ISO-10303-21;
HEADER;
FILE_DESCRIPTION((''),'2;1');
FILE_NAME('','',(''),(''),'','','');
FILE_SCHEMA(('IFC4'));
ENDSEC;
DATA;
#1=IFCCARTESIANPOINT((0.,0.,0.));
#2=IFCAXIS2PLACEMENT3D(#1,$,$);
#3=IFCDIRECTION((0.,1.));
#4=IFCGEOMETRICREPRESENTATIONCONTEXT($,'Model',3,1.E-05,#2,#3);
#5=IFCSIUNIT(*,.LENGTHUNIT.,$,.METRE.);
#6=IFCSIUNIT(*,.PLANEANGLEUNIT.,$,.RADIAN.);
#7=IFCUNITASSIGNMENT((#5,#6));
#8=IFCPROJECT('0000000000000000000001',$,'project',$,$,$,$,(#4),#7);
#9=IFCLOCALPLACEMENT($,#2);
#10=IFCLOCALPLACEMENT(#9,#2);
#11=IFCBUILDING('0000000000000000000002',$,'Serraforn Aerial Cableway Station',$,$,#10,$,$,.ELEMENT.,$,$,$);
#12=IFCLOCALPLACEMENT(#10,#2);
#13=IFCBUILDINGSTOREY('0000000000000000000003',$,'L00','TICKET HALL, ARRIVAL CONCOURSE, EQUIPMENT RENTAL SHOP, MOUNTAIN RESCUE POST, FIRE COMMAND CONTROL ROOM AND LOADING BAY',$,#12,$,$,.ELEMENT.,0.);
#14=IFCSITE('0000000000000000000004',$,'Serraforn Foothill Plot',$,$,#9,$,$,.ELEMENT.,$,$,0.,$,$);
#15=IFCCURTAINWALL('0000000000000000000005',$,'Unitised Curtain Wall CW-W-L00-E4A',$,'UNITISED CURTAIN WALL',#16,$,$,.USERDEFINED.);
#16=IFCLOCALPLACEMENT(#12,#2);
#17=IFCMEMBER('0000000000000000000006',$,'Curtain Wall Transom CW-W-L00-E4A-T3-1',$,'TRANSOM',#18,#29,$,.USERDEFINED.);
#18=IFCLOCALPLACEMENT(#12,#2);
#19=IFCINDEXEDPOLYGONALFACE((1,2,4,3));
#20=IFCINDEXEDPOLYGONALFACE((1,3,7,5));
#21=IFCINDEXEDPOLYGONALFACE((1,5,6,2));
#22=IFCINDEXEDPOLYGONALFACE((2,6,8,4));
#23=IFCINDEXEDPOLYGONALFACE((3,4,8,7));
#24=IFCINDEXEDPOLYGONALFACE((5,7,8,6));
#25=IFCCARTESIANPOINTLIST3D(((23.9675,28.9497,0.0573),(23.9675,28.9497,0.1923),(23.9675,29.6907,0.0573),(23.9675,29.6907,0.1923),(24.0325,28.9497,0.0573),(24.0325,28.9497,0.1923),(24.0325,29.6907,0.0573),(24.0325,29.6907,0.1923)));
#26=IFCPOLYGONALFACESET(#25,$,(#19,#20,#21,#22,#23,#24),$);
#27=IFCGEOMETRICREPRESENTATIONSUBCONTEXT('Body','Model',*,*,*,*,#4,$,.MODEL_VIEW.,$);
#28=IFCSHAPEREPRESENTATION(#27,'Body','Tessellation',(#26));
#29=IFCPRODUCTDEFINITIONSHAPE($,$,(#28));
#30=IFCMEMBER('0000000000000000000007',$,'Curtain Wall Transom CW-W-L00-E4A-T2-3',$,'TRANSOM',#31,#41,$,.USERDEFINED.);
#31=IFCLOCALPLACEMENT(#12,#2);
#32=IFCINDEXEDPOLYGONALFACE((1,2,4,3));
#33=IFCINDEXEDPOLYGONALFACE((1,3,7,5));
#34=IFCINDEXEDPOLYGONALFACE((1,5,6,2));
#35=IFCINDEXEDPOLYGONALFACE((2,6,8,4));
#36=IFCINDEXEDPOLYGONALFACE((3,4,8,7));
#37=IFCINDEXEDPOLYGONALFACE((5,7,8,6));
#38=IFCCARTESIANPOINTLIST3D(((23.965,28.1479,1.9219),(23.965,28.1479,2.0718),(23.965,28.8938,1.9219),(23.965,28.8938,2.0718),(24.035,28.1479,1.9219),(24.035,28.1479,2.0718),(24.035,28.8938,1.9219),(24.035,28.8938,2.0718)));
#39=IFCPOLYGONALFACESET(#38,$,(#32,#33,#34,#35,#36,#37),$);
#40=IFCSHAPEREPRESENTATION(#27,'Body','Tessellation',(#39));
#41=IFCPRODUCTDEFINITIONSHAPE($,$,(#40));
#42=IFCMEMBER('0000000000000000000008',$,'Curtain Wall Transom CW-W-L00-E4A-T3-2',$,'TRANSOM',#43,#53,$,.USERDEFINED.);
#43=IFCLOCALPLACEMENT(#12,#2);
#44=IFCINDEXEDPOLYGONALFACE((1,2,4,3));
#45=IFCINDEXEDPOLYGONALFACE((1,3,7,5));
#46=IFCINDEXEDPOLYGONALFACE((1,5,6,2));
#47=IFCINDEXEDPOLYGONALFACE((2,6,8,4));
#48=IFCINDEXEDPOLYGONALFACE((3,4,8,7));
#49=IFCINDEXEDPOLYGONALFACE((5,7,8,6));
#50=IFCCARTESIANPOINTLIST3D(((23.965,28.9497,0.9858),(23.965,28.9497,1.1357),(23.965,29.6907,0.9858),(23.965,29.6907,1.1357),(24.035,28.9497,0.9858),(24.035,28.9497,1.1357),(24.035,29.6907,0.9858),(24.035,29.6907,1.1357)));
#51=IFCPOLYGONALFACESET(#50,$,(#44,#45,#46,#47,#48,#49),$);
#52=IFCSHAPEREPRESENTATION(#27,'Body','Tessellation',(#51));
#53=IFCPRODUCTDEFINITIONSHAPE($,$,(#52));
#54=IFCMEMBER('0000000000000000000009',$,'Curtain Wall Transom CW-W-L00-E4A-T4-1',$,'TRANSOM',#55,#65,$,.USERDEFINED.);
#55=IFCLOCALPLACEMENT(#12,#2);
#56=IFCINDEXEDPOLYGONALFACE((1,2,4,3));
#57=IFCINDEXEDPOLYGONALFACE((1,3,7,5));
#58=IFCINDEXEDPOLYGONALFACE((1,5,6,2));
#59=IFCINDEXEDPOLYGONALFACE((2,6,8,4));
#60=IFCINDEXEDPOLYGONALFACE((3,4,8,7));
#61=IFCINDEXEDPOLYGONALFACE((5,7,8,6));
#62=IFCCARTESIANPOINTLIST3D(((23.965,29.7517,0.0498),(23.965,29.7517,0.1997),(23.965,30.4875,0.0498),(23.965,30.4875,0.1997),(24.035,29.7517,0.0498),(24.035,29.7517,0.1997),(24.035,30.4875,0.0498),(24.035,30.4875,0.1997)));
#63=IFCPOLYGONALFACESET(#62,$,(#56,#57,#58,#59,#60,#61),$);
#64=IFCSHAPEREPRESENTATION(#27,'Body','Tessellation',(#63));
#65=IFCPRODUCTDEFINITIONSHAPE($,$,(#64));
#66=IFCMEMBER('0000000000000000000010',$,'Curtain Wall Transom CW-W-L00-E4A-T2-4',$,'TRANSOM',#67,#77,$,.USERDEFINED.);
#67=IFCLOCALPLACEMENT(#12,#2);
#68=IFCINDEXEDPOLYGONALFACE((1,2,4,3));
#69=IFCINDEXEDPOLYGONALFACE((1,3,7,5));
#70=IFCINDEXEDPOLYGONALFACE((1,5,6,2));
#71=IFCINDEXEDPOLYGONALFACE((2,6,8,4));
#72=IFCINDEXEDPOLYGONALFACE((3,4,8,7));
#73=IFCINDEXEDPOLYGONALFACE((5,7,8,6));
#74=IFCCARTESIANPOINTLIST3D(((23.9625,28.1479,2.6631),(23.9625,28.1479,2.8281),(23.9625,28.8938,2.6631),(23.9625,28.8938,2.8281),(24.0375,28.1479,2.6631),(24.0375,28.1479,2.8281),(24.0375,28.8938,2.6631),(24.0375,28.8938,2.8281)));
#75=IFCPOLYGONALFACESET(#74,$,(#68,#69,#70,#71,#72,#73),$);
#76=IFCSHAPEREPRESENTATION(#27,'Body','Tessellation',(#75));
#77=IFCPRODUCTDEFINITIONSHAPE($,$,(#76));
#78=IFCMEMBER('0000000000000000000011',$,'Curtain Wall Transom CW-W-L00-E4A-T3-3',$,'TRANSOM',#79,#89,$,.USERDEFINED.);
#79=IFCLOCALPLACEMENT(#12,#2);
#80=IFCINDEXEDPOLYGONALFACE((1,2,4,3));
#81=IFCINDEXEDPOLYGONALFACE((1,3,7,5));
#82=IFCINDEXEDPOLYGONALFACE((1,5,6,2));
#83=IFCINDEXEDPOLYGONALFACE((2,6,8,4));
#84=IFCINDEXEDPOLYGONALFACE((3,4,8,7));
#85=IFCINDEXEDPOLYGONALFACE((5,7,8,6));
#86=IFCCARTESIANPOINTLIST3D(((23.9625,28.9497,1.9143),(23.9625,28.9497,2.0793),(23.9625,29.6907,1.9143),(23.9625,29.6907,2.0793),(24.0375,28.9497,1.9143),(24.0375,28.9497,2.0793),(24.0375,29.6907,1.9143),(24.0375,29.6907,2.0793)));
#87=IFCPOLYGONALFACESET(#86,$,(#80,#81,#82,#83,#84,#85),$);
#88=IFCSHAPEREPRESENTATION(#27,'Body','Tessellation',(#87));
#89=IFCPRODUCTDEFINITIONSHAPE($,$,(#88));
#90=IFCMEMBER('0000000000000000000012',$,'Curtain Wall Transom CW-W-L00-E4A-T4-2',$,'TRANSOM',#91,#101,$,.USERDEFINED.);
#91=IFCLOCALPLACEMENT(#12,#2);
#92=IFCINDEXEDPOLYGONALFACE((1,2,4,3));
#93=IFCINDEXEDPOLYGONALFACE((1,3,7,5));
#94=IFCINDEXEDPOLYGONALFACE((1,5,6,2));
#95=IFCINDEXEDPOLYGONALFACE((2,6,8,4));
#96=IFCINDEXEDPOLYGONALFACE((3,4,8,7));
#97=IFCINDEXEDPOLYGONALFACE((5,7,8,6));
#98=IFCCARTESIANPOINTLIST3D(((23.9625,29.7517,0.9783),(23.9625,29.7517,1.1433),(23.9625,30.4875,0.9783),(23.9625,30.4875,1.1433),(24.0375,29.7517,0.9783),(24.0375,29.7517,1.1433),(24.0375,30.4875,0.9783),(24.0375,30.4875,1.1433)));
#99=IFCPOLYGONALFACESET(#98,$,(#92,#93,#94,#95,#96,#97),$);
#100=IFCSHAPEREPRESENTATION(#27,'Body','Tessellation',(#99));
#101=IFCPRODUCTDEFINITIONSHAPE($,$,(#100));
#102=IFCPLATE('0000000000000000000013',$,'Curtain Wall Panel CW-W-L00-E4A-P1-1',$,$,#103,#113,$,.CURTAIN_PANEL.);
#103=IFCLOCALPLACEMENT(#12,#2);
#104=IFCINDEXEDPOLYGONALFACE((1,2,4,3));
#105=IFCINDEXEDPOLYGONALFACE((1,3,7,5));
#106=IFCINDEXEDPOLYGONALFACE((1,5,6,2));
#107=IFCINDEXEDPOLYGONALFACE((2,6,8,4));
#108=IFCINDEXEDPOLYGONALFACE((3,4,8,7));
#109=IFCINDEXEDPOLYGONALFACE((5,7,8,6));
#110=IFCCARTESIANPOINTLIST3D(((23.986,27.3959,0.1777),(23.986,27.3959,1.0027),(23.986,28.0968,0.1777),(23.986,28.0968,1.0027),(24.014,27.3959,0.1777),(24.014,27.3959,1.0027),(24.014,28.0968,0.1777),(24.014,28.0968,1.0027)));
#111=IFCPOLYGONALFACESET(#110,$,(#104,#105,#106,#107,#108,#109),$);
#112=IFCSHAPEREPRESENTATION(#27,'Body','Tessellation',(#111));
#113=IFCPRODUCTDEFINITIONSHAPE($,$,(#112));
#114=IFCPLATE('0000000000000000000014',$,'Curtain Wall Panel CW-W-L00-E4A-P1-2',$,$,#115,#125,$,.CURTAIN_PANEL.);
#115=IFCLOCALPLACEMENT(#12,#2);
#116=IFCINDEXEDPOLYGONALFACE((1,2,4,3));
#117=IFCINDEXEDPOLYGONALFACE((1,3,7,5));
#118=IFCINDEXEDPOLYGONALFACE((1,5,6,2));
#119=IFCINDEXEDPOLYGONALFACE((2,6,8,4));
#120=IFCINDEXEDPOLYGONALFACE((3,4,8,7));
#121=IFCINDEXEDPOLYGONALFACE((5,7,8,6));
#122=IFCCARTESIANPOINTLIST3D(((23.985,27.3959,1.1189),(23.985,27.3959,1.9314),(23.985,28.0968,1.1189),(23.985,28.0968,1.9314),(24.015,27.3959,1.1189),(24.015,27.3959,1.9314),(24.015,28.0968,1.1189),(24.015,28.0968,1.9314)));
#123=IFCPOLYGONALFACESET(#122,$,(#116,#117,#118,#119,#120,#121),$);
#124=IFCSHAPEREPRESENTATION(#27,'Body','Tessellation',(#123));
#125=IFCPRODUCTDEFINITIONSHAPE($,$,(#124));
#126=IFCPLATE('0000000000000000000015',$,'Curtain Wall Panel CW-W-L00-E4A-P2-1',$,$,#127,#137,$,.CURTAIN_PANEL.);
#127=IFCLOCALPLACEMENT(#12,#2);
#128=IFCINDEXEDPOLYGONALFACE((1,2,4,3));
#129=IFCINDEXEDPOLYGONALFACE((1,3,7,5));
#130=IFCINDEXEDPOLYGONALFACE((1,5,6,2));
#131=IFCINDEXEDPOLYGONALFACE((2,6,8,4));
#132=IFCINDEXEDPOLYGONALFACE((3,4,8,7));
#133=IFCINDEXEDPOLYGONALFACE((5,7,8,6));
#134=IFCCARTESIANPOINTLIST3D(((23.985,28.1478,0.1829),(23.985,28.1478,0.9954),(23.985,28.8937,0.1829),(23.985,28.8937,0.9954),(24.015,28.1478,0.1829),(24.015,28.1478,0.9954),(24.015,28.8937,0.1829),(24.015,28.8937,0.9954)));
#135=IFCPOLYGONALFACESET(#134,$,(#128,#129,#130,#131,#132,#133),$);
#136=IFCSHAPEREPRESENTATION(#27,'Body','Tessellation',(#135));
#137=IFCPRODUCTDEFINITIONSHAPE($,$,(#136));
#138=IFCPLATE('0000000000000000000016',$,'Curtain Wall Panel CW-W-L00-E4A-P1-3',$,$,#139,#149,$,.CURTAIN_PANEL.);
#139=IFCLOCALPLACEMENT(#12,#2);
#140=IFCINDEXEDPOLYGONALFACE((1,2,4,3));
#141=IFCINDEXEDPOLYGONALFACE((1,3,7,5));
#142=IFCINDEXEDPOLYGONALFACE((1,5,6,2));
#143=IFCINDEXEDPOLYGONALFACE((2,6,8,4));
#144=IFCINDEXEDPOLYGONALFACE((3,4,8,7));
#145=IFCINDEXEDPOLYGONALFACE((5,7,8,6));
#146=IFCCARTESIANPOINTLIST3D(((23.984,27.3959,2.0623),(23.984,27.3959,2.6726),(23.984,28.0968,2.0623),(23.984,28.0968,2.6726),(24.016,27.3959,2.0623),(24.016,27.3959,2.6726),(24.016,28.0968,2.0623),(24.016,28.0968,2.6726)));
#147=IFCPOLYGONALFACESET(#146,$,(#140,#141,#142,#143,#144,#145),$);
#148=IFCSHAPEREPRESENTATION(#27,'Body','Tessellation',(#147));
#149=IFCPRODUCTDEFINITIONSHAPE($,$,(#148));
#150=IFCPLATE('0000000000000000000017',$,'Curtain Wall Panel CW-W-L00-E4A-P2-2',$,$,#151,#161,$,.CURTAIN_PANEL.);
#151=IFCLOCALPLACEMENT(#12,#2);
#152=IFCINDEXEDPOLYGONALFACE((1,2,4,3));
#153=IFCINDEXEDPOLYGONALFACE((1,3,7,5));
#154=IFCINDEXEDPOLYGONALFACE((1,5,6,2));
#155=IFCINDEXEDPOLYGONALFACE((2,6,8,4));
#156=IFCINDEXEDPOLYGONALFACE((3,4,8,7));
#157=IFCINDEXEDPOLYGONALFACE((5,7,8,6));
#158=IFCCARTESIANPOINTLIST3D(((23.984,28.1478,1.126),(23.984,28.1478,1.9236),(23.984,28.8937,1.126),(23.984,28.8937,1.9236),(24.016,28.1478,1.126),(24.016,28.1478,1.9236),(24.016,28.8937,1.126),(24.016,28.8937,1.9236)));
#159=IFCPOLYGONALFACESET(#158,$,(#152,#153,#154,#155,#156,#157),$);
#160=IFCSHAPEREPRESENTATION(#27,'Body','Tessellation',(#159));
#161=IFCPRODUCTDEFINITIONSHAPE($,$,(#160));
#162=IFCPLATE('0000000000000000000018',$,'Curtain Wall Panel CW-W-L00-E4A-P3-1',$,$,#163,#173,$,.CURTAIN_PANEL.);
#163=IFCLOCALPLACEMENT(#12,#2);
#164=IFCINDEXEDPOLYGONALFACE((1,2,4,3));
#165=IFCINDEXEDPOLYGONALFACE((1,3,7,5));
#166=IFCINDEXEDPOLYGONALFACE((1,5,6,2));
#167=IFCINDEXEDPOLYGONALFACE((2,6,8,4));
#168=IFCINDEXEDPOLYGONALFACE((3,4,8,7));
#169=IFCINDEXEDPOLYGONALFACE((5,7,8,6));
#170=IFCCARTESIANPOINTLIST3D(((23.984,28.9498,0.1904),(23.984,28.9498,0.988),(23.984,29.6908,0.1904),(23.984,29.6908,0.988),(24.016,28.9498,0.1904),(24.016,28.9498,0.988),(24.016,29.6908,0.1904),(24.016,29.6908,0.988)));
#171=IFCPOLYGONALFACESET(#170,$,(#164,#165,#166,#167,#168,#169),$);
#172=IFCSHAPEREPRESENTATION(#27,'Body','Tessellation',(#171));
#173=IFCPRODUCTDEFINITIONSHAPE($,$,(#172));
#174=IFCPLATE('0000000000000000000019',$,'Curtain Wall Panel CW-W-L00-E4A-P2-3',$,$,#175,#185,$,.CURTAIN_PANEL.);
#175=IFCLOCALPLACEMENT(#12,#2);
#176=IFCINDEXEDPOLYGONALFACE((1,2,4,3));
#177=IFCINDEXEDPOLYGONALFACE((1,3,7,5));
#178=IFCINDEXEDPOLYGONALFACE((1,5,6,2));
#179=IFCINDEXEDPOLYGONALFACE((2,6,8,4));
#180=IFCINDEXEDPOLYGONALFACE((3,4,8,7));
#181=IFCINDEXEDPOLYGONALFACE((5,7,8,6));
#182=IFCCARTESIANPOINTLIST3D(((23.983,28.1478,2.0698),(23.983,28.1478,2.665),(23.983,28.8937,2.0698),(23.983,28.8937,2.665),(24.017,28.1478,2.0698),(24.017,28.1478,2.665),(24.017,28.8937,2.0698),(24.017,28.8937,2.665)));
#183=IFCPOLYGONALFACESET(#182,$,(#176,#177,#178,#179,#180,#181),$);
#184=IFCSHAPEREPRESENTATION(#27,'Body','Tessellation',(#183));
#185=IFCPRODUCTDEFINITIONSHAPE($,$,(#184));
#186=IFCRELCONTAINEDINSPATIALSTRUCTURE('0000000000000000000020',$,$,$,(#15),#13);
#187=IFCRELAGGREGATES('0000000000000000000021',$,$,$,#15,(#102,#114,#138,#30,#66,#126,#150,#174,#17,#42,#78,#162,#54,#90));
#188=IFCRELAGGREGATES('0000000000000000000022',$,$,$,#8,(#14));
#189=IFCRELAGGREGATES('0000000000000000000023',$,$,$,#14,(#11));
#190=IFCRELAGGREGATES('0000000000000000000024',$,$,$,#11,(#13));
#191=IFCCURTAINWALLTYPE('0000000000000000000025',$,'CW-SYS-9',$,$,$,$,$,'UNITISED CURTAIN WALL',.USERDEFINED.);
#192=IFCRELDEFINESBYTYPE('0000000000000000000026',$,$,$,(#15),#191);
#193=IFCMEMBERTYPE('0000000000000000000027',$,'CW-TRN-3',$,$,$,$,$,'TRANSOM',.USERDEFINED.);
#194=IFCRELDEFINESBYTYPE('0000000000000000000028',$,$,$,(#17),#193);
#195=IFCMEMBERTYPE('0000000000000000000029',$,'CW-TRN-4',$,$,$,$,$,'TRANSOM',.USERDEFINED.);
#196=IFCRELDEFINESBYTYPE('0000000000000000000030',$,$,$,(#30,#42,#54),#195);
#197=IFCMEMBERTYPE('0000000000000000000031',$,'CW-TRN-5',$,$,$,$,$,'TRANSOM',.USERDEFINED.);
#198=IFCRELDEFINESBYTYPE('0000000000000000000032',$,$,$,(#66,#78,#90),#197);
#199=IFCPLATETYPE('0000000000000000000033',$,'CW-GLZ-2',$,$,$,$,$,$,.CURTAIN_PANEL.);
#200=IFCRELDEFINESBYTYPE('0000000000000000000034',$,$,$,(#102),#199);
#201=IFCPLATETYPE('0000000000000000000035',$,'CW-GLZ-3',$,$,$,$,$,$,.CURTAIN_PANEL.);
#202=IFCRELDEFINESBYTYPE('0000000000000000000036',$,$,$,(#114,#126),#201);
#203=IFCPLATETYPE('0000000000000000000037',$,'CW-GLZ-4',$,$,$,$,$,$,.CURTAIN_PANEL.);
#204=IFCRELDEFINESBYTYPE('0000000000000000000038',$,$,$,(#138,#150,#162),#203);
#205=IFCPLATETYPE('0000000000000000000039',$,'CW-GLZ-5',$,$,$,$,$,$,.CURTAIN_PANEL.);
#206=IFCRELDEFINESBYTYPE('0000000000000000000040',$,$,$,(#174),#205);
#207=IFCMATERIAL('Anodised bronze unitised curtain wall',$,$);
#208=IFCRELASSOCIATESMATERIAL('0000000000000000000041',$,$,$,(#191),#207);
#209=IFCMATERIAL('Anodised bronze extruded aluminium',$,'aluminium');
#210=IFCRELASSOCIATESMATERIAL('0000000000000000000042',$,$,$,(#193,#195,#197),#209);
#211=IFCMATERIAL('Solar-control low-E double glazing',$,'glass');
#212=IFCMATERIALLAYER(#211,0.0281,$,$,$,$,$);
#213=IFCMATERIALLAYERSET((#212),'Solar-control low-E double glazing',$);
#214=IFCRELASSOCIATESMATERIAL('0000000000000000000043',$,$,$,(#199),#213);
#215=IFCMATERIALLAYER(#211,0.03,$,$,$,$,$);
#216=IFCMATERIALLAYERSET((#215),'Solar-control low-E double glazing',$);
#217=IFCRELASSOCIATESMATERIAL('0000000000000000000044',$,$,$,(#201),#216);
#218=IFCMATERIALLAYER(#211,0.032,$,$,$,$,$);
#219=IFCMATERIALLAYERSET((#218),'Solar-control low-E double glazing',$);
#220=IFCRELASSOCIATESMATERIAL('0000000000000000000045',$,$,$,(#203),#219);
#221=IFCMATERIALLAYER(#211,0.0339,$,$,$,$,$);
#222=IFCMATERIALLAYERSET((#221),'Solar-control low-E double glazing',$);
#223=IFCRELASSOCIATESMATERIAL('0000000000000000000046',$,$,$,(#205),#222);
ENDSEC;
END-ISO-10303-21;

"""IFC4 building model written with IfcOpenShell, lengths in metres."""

from ifc_helpers import new_model, si_unit, direction, frame, origin, origin_2d, place, context, subcontext, project, spatial, rectangle, extrude, material, layer, layer_set, material_profile, profile_set, type_object, element, aggregate, save


model = new_model("IFC4")

# Units and contexts
model_context = context("Model", 3, precision=1e-05, world=origin(), true_north=direction((0.0, 1.0)))
body_context = subcontext(model_context, "Body", "Model", "MODEL_VIEW")
ifc_project = project(units=[si_unit("LENGTHUNIT", "METRE"), si_unit("PLANEANGLEUNIT", "RADIAN")], contexts=[model_context])

# Site, building, storey
site_placement = place(None, origin())
site = spatial("IfcSite", under=ifc_project, at=site_placement, Name="Serraforn Foothill Plot", CompositionType="ELEMENT", RefElevation=0.0)
building_placement = place(site_placement, origin())
building = spatial("IfcBuilding", under=site, at=building_placement, Name="Serraforn Aerial Cableway Station", CompositionType="ELEMENT")
storey_placement = place(building_placement, origin())
storey = spatial("IfcBuildingStorey", under=building, at=storey_placement, Name="L00", Description="TICKET HALL, ARRIVAL CONCOURSE, EQUIPMENT RENTAL SHOP, MOUNTAIN RESCUE POST, FIRE COMMAND CONTROL ROOM AND LOADING BAY", CompositionType="ELEMENT", Elevation=0.0)

# Curtain wall, members, plates
ifc_material_1 = material(Name="Anodised bronze unitised curtain wall")
curtain_wall_type = type_object("IfcCurtainWallType", Name="CW-SYS-9", ElementType="UNITISED CURTAIN WALL", PredefinedType="USERDEFINED", material=ifc_material_1)
curtain_wall_placement = place(storey_placement, origin())
curtain_wall = element("IfcCurtainWall", 1, at=curtain_wall_placement, inside=storey, type_object=curtain_wall_type, Name="Unitised Curtain Wall CW-W-L00-E4A", ObjectType="UNITISED CURTAIN WALL", PredefinedType="USERDEFINED")
ifc_material_2 = material(Name="Anodised bronze extruded aluminium", Category="aluminium")
ifc_material_profile_1 = material_profile(ifc_material_2, rectangle(XDim=0.0649, YDim=0.135, at=origin_2d()), Name="CW TRANSOM 65x135")
ifc_profile_set_1 = profile_set([ifc_material_profile_1], Name="Anodised bronze extruded aluminium")
member_type_1 = type_object("IfcMemberType", Name="CW-TRN-3", ElementType="TRANSOM", PredefinedType="USERDEFINED", material=ifc_profile_set_1)
member_1_placement = place(storey_placement, frame((24.0, 28.9497, 0.1248), z_axis=(0.0, 1.0, 0.0), x_axis=(-1.0, 0.0, 0.0)))
member_1 = element("IfcMember", 2, at=member_1_placement, type_object=member_type_1, Name="Curtain Wall Transom CW-W-L00-E4A-T3-1", ObjectType="TRANSOM", PredefinedType="USERDEFINED", context=body_context, shape_type="SweptSolid", body=[
    extrude(rectangle(XDim=0.0649, YDim=0.135, at=origin_2d()), origin(), (0.0, 0.0, 1.0), 0.741),
])
ifc_material_profile_2 = material_profile(ifc_material_2, rectangle(XDim=0.0701, YDim=0.1499, at=origin_2d()), Name="CW TRANSOM 70x150")
ifc_profile_set_2 = profile_set([ifc_material_profile_2], Name="Anodised bronze extruded aluminium")
member_type_2 = type_object("IfcMemberType", Name="CW-TRN-4", ElementType="TRANSOM", PredefinedType="USERDEFINED", material=ifc_profile_set_2)
member_2_placement = place(storey_placement, frame((24.0, 28.1479, 1.9968), z_axis=(0.0, 1.0, 0.0), x_axis=(-1.0, 0.0, 0.0)))
member_2 = element("IfcMember", 3, at=member_2_placement, type_object=member_type_2, Name="Curtain Wall Transom CW-W-L00-E4A-T2-3", ObjectType="TRANSOM", PredefinedType="USERDEFINED", context=body_context, shape_type="SweptSolid", body=[
    extrude(rectangle(XDim=0.0701, YDim=0.1499, at=origin_2d()), origin(), (0.0, 0.0, 1.0), 0.7458),
])
member_3_placement = place(storey_placement, frame((24.0, 28.9497, 1.0608), z_axis=(0.0, 1.0, 0.0), x_axis=(-1.0, 0.0, 0.0)))
member_3 = element("IfcMember", 4, at=member_3_placement, type_object=member_type_2, Name="Curtain Wall Transom CW-W-L00-E4A-T3-2", ObjectType="TRANSOM", PredefinedType="USERDEFINED", context=body_context, shape_type="SweptSolid", body=[
    extrude(rectangle(XDim=0.0701, YDim=0.1499, at=origin_2d()), origin(), (0.0, 0.0, 1.0), 0.741),
])
member_4_placement = place(storey_placement, frame((24.0, 29.7517, 0.1248), z_axis=(0.0, 1.0, 0.0), x_axis=(-1.0, 0.0, 0.0)))
member_4 = element("IfcMember", 5, at=member_4_placement, type_object=member_type_2, Name="Curtain Wall Transom CW-W-L00-E4A-T4-1", ObjectType="TRANSOM", PredefinedType="USERDEFINED", context=body_context, shape_type="SweptSolid", body=[
    extrude(rectangle(XDim=0.0701, YDim=0.1499, at=origin_2d()), origin(), (0.0, 0.0, 1.0), 0.7358),
])
ifc_material_profile_3 = material_profile(ifc_material_2, rectangle(XDim=0.075, YDim=0.165, at=origin_2d()), Name="CW TRANSOM 75x165")
ifc_profile_set_3 = profile_set([ifc_material_profile_3], Name="Anodised bronze extruded aluminium")
member_type_3 = type_object("IfcMemberType", Name="CW-TRN-5", ElementType="TRANSOM", PredefinedType="USERDEFINED", material=ifc_profile_set_3)
member_5_placement = place(storey_placement, frame((24.0, 28.1479, 2.7456), z_axis=(0.0, 1.0, 0.0), x_axis=(-1.0, 0.0, 0.0)))
member_5 = element("IfcMember", 6, at=member_5_placement, type_object=member_type_3, Name="Curtain Wall Transom CW-W-L00-E4A-T2-4", ObjectType="TRANSOM", PredefinedType="USERDEFINED", context=body_context, shape_type="SweptSolid", body=[
    extrude(rectangle(XDim=0.075, YDim=0.165, at=origin_2d()), origin(), (0.0, 0.0, 1.0), 0.7458),
])
member_6_placement = place(storey_placement, frame((24.0, 28.9497, 1.9968), z_axis=(0.0, 1.0, 0.0), x_axis=(-1.0, 0.0, 0.0)))
member_6 = element("IfcMember", 7, at=member_6_placement, type_object=member_type_3, Name="Curtain Wall Transom CW-W-L00-E4A-T3-3", ObjectType="TRANSOM", PredefinedType="USERDEFINED", context=body_context, shape_type="SweptSolid", body=[
    extrude(rectangle(XDim=0.075, YDim=0.165, at=origin_2d()), origin(), (0.0, 0.0, 1.0), 0.741),
])
member_7_placement = place(storey_placement, frame((24.0, 29.7517, 1.0608), z_axis=(0.0, 1.0, 0.0), x_axis=(-1.0, 0.0, 0.0)))
member_7 = element("IfcMember", 8, at=member_7_placement, type_object=member_type_3, Name="Curtain Wall Transom CW-W-L00-E4A-T4-2", ObjectType="TRANSOM", PredefinedType="USERDEFINED", context=body_context, shape_type="SweptSolid", body=[
    extrude(rectangle(XDim=0.075, YDim=0.165, at=origin_2d()), origin(), (0.0, 0.0, 1.0), 0.7358),
])
ifc_material_3 = material(Name="Solar-control low-E double glazing", Category="glass")
ifc_layer_1 = layer(ifc_material_3, 0.0281)
ifc_layer_set_1 = layer_set([ifc_layer_1], Name="Solar-control low-E double glazing")
plate_type_1 = type_object("IfcPlateType", Name="CW-GLZ-2", PredefinedType="CURTAIN_PANEL", material=ifc_layer_set_1)
plate_1_placement = place(storey_placement, frame((24.0, 27.7463, 0.1777), z_axis=(0.0, 0.0, 1.0), x_axis=(1.0, 0.0, 0.0)))
plate_1 = element("IfcPlate", 9, at=plate_1_placement, type_object=plate_type_1, Name="Curtain Wall Panel CW-W-L00-E4A-P1-1", PredefinedType="CURTAIN_PANEL", context=body_context, shape_type="SweptSolid", body=[
    extrude(rectangle(XDim=0.0281, YDim=0.7009, at=origin_2d()), origin(), (0.0, 0.0, 1.0), 0.825),
])
ifc_layer_2 = layer(ifc_material_3, 0.03)
ifc_layer_set_2 = layer_set([ifc_layer_2], Name="Solar-control low-E double glazing")
plate_type_2 = type_object("IfcPlateType", Name="CW-GLZ-3", PredefinedType="CURTAIN_PANEL", material=ifc_layer_set_2)
plate_2_placement = place(storey_placement, frame((24.0, 27.7463, 1.1189), z_axis=(0.0, 0.0, 1.0), x_axis=(1.0, 0.0, 0.0)))
plate_2 = element("IfcPlate", 10, at=plate_2_placement, type_object=plate_type_2, Name="Curtain Wall Panel CW-W-L00-E4A-P1-2", PredefinedType="CURTAIN_PANEL", context=body_context, shape_type="SweptSolid", body=[
    extrude(rectangle(XDim=0.03, YDim=0.7009, at=origin_2d()), origin(), (0.0, 0.0, 1.0), 0.8125),
])
plate_3_placement = place(storey_placement, frame((24.0, 28.5208, 0.1829), z_axis=(0.0, 0.0, 1.0), x_axis=(1.0, 0.0, 0.0)))
plate_3 = element("IfcPlate", 11, at=plate_3_placement, type_object=plate_type_2, Name="Curtain Wall Panel CW-W-L00-E4A-P2-1", PredefinedType="CURTAIN_PANEL", context=body_context, shape_type="SweptSolid", body=[
    extrude(rectangle(XDim=0.03, YDim=0.7458, at=origin_2d()), origin(), (0.0, 0.0, 1.0), 0.8125),
])
ifc_layer_3 = layer(ifc_material_3, 0.032)
ifc_layer_set_3 = layer_set([ifc_layer_3], Name="Solar-control low-E double glazing")
plate_type_3 = type_object("IfcPlateType", Name="CW-GLZ-4", PredefinedType="CURTAIN_PANEL", material=ifc_layer_set_3)
plate_4_placement = place(storey_placement, frame((24.0, 27.7463, 2.0623), z_axis=(0.0, 0.0, 1.0), x_axis=(1.0, 0.0, 0.0)))
plate_4 = element("IfcPlate", 12, at=plate_4_placement, type_object=plate_type_3, Name="Curtain Wall Panel CW-W-L00-E4A-P1-3", PredefinedType="CURTAIN_PANEL", context=body_context, shape_type="SweptSolid", body=[
    extrude(rectangle(XDim=0.032, YDim=0.7009, at=origin_2d()), origin(), (0.0, 0.0, 1.0), 0.6104),
])
plate_5_placement = place(storey_placement, frame((24.0, 28.5208, 1.126), z_axis=(0.0, 0.0, 1.0), x_axis=(1.0, 0.0, 0.0)))
plate_5 = element("IfcPlate", 13, at=plate_5_placement, type_object=plate_type_3, Name="Curtain Wall Panel CW-W-L00-E4A-P2-2", PredefinedType="CURTAIN_PANEL", context=body_context, shape_type="SweptSolid", body=[
    extrude(rectangle(XDim=0.032, YDim=0.7458, at=origin_2d()), origin(), (0.0, 0.0, 1.0), 0.7976),
])
plate_6_placement = place(storey_placement, frame((24.0, 29.3203, 0.1904), z_axis=(0.0, 0.0, 1.0), x_axis=(1.0, 0.0, 0.0)))
plate_6 = element("IfcPlate", 14, at=plate_6_placement, type_object=plate_type_3, Name="Curtain Wall Panel CW-W-L00-E4A-P3-1", PredefinedType="CURTAIN_PANEL", context=body_context, shape_type="SweptSolid", body=[
    extrude(rectangle(XDim=0.032, YDim=0.741, at=origin_2d()), origin(), (0.0, 0.0, 1.0), 0.7976),
])
ifc_layer_4 = layer(ifc_material_3, 0.0339)
ifc_layer_set_4 = layer_set([ifc_layer_4], Name="Solar-control low-E double glazing")
plate_type_4 = type_object("IfcPlateType", Name="CW-GLZ-5", PredefinedType="CURTAIN_PANEL", material=ifc_layer_set_4)
plate_7_placement = place(storey_placement, frame((24.0, 28.5208, 2.0698), z_axis=(0.0, 0.0, 1.0), x_axis=(1.0, 0.0, 0.0)))
plate_7 = element("IfcPlate", 15, at=plate_7_placement, type_object=plate_type_4, Name="Curtain Wall Panel CW-W-L00-E4A-P2-3", PredefinedType="CURTAIN_PANEL", context=body_context, shape_type="SweptSolid", body=[
    extrude(rectangle(XDim=0.0339, YDim=0.7458, at=origin_2d()), origin(), (0.0, 0.0, 1.0), 0.5952),
])
aggregate(curtain_wall, [plate_1, plate_2, plate_4, member_2, member_5, plate_3, plate_5, plate_7, member_1, member_3, member_6, plate_6, member_4, member_7])

save(model, "model.ifc")
